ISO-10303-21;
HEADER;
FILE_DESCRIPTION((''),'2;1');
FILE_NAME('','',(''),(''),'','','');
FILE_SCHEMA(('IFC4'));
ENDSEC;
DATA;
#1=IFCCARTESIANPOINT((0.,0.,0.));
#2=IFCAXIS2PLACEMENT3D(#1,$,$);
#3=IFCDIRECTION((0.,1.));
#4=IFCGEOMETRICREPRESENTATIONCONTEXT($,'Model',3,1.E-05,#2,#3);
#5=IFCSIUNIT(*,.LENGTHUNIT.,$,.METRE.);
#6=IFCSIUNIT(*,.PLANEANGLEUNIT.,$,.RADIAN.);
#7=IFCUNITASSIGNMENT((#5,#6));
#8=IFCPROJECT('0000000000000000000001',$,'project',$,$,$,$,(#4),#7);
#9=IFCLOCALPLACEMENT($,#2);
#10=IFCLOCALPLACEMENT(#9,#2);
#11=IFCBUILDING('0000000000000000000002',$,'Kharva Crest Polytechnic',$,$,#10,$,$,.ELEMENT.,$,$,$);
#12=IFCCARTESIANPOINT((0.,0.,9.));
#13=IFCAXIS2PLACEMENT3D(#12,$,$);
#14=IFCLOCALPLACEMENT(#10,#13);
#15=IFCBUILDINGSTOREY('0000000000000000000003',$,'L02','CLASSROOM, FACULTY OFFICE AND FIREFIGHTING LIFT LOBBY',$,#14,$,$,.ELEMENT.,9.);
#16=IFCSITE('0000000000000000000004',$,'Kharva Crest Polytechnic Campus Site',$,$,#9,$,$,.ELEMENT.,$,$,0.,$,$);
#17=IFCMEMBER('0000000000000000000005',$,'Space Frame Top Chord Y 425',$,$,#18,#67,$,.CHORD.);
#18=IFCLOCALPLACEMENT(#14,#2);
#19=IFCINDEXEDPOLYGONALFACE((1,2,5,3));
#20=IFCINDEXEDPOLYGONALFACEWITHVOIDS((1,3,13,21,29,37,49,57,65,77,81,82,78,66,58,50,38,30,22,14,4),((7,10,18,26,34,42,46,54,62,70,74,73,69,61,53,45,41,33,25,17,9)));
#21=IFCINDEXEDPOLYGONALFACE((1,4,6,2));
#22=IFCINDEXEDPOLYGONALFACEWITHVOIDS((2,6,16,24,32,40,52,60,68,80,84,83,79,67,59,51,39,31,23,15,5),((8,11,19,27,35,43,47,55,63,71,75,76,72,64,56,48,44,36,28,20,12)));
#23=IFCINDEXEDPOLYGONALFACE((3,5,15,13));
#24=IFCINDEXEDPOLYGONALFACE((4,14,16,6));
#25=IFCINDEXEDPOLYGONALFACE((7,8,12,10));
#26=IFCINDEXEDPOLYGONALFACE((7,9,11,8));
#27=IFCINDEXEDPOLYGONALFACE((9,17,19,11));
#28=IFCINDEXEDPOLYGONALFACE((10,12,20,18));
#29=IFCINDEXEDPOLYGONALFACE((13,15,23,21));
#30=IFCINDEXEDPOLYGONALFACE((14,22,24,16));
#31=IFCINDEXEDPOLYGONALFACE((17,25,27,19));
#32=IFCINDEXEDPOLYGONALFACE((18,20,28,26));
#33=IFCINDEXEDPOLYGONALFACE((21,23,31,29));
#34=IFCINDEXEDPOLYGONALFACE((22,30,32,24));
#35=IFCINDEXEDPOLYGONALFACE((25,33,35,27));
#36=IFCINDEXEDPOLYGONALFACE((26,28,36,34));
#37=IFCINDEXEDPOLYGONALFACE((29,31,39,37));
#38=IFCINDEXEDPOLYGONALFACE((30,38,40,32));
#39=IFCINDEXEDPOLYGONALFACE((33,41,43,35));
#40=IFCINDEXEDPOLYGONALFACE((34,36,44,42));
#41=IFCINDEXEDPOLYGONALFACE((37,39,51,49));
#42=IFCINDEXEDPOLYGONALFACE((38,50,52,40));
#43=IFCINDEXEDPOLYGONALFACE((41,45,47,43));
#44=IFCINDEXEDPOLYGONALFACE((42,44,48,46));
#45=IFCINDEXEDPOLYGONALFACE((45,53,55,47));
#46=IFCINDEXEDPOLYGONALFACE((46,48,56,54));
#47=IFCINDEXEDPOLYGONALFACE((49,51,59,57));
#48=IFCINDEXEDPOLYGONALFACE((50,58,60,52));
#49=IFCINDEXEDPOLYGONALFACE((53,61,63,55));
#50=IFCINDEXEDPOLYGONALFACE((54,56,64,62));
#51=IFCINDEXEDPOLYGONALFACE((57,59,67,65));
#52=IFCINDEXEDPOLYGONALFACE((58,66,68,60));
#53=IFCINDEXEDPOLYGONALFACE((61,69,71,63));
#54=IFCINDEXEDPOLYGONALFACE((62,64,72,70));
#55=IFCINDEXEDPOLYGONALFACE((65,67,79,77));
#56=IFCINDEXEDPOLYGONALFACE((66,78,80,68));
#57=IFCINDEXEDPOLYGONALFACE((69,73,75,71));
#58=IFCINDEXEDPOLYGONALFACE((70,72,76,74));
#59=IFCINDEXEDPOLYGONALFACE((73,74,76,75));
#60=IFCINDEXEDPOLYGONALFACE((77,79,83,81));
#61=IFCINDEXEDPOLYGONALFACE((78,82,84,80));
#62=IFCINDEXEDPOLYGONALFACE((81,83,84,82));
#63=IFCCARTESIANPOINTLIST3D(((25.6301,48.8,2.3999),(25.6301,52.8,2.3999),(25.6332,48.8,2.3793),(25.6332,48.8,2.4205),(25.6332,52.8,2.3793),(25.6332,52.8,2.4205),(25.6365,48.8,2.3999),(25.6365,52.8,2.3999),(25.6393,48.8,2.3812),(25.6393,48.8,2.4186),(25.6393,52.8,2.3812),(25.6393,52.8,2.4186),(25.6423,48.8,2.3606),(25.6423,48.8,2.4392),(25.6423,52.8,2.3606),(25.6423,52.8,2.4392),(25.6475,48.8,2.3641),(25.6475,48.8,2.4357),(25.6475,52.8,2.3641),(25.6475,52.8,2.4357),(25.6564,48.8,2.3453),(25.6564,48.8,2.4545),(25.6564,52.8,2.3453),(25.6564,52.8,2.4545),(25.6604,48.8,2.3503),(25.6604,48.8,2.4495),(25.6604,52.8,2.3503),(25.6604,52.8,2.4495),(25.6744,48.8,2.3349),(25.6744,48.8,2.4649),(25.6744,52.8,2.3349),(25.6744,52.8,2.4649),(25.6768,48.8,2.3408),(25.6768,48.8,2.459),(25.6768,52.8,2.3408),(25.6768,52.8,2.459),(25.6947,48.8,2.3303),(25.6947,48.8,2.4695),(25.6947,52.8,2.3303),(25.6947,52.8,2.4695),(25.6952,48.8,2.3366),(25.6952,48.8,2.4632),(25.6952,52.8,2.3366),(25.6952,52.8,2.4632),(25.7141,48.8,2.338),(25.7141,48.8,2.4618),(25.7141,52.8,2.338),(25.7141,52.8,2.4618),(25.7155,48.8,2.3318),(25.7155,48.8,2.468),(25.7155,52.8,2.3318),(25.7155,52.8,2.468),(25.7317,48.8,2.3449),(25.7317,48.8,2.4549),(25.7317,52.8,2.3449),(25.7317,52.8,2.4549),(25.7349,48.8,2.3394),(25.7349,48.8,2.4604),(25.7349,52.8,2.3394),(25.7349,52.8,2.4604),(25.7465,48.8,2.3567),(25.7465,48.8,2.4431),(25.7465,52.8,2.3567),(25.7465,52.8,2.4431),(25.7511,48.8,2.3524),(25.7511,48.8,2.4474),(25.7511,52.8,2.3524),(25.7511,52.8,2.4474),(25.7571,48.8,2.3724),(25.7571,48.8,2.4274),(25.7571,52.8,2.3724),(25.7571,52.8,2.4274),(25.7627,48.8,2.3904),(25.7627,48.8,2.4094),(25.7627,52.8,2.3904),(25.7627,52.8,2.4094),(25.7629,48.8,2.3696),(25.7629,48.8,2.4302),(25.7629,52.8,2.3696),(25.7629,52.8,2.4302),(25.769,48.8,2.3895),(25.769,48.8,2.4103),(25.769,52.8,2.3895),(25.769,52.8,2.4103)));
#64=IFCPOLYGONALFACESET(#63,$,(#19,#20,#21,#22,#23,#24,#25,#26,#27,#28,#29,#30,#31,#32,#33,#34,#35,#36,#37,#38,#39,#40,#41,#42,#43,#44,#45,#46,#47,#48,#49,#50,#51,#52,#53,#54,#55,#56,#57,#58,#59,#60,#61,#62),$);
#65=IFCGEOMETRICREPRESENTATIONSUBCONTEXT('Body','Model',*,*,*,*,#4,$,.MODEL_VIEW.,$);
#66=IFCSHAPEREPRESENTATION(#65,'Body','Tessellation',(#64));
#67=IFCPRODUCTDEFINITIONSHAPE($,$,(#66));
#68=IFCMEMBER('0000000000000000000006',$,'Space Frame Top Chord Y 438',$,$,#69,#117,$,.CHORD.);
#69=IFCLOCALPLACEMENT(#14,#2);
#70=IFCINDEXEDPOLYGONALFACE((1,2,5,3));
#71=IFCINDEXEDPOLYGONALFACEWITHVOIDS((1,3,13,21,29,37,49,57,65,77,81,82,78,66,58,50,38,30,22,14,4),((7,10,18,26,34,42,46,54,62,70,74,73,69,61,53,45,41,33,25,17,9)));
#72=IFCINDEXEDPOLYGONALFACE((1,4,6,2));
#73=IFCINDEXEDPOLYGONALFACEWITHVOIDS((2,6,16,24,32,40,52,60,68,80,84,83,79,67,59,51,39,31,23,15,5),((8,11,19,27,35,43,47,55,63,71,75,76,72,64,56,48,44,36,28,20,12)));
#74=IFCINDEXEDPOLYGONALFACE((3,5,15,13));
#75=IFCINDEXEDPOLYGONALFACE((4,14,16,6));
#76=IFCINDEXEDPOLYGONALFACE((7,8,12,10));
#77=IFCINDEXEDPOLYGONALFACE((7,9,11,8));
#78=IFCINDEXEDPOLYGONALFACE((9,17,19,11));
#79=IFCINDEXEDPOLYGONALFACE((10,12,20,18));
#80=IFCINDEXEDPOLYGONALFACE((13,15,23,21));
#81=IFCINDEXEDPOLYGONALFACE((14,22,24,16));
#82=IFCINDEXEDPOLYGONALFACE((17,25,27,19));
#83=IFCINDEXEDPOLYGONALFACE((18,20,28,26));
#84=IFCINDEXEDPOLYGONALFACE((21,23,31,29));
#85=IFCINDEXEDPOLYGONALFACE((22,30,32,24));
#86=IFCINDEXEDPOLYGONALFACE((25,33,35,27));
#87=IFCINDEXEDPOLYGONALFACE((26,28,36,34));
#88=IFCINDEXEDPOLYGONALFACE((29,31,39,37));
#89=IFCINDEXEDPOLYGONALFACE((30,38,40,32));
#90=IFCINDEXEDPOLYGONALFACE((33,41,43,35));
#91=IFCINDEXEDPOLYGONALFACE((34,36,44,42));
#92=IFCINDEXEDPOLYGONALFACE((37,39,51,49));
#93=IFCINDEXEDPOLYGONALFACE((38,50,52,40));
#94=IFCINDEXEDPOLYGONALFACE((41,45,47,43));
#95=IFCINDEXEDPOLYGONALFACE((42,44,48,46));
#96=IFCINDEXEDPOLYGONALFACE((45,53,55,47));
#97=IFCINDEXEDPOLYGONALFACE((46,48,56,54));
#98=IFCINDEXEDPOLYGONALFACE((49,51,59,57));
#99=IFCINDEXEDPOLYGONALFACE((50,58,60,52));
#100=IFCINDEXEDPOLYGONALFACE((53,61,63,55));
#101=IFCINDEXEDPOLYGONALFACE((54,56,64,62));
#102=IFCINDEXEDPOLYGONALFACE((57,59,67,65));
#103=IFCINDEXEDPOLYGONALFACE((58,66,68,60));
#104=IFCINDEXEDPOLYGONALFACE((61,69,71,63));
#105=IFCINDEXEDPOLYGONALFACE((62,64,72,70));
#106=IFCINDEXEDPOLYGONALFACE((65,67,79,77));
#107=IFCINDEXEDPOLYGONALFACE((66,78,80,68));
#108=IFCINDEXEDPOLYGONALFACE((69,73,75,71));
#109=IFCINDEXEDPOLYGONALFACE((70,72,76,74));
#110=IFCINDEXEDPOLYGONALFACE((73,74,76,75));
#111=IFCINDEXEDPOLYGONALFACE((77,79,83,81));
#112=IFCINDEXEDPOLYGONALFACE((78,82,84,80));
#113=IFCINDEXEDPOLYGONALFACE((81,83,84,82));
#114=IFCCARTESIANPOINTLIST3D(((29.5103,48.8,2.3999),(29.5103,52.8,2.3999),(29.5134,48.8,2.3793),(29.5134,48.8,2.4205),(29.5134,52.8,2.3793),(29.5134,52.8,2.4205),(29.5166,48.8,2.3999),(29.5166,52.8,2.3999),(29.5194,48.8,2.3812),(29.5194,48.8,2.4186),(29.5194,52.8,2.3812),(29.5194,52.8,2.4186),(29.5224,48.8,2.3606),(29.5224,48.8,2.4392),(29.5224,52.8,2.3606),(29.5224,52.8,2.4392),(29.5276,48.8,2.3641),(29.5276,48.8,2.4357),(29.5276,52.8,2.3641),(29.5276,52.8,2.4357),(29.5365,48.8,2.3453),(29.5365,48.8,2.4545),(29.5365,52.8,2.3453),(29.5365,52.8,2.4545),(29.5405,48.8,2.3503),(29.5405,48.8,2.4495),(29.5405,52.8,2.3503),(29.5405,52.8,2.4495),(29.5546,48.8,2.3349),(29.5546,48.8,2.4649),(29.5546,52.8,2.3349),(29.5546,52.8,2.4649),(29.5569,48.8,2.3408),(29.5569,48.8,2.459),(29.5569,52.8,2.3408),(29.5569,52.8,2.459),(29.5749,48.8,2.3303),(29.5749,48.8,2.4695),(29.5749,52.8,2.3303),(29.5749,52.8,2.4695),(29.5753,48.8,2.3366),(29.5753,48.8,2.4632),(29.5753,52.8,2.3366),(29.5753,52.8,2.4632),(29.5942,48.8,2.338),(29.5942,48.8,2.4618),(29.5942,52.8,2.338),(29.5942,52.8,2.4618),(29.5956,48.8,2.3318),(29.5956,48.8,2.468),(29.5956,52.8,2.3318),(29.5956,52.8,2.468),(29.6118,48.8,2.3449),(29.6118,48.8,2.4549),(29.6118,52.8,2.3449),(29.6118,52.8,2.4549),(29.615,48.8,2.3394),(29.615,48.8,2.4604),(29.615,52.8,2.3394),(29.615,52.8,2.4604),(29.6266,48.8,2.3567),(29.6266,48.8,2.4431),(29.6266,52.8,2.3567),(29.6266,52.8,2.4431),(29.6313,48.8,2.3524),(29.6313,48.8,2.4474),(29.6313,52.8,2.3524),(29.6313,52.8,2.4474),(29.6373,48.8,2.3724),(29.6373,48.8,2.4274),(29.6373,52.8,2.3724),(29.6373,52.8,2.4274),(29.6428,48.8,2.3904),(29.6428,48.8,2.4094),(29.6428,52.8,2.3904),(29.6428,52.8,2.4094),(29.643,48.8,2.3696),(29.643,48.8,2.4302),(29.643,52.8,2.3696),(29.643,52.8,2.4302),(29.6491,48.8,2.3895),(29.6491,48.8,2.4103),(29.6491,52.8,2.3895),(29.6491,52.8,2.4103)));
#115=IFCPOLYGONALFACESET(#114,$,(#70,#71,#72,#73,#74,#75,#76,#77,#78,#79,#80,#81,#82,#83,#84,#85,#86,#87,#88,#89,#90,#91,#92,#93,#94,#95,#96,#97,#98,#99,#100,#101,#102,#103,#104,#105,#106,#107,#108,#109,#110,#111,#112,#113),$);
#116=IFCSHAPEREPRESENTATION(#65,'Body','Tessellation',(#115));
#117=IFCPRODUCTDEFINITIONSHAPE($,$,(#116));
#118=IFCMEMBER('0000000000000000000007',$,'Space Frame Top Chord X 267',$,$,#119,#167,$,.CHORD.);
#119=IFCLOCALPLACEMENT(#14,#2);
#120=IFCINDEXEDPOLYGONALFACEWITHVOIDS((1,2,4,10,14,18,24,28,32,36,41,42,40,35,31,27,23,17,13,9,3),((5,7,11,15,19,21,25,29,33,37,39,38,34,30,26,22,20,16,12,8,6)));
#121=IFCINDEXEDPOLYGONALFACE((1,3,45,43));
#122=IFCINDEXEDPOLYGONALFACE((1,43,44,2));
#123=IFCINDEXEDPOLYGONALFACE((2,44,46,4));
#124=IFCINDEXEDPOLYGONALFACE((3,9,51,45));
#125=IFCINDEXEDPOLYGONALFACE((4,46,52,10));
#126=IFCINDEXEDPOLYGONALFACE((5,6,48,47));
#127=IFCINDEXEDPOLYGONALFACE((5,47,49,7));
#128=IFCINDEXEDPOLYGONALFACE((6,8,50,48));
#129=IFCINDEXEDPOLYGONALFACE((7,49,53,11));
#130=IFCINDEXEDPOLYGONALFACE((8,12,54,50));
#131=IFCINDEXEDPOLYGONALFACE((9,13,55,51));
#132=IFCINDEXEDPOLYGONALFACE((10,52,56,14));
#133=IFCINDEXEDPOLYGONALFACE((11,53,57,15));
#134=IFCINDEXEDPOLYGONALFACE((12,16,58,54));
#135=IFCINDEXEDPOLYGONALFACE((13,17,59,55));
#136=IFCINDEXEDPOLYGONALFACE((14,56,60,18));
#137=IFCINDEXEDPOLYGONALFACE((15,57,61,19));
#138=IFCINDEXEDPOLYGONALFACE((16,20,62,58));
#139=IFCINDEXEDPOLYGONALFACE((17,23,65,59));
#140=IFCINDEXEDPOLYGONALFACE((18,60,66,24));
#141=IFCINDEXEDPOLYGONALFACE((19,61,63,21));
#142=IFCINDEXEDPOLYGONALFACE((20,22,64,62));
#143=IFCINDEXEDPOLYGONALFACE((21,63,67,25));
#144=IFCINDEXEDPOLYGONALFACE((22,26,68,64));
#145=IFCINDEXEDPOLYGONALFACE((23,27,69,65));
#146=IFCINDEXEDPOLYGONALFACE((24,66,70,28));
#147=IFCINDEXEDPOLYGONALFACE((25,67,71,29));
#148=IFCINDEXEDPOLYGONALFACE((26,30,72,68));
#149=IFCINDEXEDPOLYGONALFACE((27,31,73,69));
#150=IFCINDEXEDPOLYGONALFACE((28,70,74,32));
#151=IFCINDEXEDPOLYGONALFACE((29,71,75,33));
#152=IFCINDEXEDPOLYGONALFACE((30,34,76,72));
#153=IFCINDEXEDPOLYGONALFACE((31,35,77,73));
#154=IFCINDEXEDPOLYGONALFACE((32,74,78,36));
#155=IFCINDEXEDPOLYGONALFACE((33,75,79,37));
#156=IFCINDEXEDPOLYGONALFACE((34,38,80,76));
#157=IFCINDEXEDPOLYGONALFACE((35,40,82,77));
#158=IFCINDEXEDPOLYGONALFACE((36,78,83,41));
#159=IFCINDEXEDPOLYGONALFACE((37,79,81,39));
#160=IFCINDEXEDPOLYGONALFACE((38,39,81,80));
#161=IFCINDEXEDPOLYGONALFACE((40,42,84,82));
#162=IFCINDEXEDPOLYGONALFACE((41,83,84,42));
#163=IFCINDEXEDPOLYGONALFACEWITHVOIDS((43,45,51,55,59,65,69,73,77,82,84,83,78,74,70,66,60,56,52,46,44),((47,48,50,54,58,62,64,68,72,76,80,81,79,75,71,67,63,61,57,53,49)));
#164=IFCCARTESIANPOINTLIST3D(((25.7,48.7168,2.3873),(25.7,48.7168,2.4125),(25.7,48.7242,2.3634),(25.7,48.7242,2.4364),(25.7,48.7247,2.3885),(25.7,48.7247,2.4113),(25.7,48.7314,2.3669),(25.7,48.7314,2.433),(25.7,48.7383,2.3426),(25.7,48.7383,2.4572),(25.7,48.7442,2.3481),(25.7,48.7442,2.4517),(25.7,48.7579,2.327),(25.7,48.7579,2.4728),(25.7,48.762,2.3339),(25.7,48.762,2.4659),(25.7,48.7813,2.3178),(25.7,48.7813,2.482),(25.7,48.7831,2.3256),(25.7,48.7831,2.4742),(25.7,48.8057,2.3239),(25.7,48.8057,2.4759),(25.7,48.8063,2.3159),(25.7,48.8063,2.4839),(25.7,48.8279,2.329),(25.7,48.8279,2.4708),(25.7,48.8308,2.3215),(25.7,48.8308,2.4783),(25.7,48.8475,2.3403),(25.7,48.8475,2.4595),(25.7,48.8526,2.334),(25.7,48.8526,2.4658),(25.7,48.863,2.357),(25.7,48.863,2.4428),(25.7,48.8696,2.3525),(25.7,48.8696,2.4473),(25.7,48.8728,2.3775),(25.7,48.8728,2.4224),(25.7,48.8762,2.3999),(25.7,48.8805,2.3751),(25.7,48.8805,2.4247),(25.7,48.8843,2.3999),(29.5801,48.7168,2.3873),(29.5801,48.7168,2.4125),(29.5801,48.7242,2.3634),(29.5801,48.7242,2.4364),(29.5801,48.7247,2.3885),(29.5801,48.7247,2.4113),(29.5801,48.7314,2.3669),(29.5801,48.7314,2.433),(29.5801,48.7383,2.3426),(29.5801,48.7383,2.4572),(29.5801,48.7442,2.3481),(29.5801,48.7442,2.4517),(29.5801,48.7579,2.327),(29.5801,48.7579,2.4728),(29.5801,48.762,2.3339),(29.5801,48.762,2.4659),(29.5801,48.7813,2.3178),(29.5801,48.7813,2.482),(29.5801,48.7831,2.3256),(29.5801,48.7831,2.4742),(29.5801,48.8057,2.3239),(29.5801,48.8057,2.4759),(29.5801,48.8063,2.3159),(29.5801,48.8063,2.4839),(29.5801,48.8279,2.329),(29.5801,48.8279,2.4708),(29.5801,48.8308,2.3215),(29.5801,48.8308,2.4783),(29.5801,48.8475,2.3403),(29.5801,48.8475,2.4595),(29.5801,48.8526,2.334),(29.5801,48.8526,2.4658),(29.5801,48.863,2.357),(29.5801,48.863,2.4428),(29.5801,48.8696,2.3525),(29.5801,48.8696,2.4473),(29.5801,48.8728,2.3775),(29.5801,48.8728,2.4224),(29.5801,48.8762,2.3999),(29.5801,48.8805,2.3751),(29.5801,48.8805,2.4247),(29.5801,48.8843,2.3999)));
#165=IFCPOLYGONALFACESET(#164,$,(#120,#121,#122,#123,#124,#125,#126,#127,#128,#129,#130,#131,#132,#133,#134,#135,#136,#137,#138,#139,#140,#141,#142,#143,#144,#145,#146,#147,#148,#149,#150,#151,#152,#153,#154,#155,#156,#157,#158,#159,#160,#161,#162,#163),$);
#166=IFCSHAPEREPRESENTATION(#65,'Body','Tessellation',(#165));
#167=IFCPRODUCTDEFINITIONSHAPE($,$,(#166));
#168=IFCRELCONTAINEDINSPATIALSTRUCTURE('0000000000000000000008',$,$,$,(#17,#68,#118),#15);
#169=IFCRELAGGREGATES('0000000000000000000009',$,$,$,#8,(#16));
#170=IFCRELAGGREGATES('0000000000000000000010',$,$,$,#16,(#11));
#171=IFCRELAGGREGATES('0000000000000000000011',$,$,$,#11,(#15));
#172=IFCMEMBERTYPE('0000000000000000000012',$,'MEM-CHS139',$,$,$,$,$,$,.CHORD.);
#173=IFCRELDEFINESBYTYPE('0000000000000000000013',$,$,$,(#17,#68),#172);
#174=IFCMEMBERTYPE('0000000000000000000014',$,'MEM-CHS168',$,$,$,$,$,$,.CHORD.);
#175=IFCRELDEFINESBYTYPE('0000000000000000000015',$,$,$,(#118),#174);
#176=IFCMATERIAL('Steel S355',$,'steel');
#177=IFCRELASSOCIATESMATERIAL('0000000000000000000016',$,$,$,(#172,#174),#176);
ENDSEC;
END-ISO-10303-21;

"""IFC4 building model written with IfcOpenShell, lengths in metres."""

from ifc_helpers import new_model, si_unit, direction, frame, origin, origin_2d, place, context, subcontext, project, spatial, hollow_circle, extrude, material, material_profile, profile_set, type_object, element, save


model = new_model("IFC4")

# Units and contexts
model_context = context("Model", 3, precision=1e-05, world=origin(), true_north=direction((0.0, 1.0)))
body_context = subcontext(model_context, "Body", "Model", "MODEL_VIEW")
ifc_project = project(units=[si_unit("LENGTHUNIT", "METRE"), si_unit("PLANEANGLEUNIT", "RADIAN")], contexts=[model_context])

# Site, building, storey
site_placement = place(None, origin())
site = spatial("IfcSite", under=ifc_project, at=site_placement, Name="Kharva Crest Polytechnic Campus Site", CompositionType="ELEMENT", RefElevation=0.0)
building_placement = place(site_placement, origin())
building = spatial("IfcBuilding", under=site, at=building_placement, Name="Kharva Crest Polytechnic", CompositionType="ELEMENT")
storey_placement = place(building_placement, frame((0.0, 0.0, 9.0)))
storey = spatial("IfcBuildingStorey", under=building, at=storey_placement, Name="L02", Description="CLASSROOM, FACULTY OFFICE AND FIREFIGHTING LIFT LOBBY", CompositionType="ELEMENT", Elevation=9.0)

# Shared definitions
ifc_material_1 = material(Name="Steel S355", Category="steel")

# Members
ifc_material_profile_1 = material_profile(ifc_material_1, hollow_circle(Radius=0.0698, WallThickness=0.0063, at=origin_2d()), Name="CHS 139.7X6.3")
ifc_profile_set_1 = profile_set([ifc_material_profile_1], Name="Steel S355")
member_type_1 = type_object("IfcMemberType", Name="MEM-CHS139", PredefinedType="CHORD", material=ifc_profile_set_1)
for number, where, z_axis, x_axis, name in (
    (1, (25.7, 48.8, 2.3999), (0.0, 1.0, 0.0), (-1.0, 0.0, 0.0), "Space Frame Top Chord Y 425"),
    (2, (29.5801, 48.8, 2.3999), (0.0, 1.0, 0.0), (-1.0, 0.0, 0.0), "Space Frame Top Chord Y 438"),
):
    element("IfcMember", number, at=place(storey_placement, frame(where, z_axis=z_axis, x_axis=x_axis)), inside=storey, type_object=member_type_1, Name=name, PredefinedType="CHORD", context=body_context, shape_type="SweptSolid", body=[
        extrude(hollow_circle(Radius=0.0698, WallThickness=0.0063, at=origin_2d()), origin(), (0.0, 0.0, 1.0), 4.0),
    ])
ifc_material_profile_2 = material_profile(ifc_material_1, hollow_circle(Radius=0.0842, WallThickness=0.0081, at=origin_2d()), Name="CHS 168.3X8.0")
ifc_profile_set_2 = profile_set([ifc_material_profile_2], Name="Steel S355")
member_type_2 = type_object("IfcMemberType", Name="MEM-CHS168", PredefinedType="CHORD", material=ifc_profile_set_2)
member_1_placement = place(storey_placement, frame((25.7, 48.8, 2.3999), z_axis=(1.0, 0.0, 0.0), x_axis=(0.0, 1.0, 0.0)))
element("IfcMember", 3, at=member_1_placement, inside=storey, type_object=member_type_2, Name="Space Frame Top Chord X 267", PredefinedType="CHORD", context=body_context, shape_type="SweptSolid", body=[
    extrude(hollow_circle(Radius=0.0842, WallThickness=0.0081, at=origin_2d()), origin(), (0.0, 0.0, 1.0), 3.8801),
])

save(model, "model.ifc")
